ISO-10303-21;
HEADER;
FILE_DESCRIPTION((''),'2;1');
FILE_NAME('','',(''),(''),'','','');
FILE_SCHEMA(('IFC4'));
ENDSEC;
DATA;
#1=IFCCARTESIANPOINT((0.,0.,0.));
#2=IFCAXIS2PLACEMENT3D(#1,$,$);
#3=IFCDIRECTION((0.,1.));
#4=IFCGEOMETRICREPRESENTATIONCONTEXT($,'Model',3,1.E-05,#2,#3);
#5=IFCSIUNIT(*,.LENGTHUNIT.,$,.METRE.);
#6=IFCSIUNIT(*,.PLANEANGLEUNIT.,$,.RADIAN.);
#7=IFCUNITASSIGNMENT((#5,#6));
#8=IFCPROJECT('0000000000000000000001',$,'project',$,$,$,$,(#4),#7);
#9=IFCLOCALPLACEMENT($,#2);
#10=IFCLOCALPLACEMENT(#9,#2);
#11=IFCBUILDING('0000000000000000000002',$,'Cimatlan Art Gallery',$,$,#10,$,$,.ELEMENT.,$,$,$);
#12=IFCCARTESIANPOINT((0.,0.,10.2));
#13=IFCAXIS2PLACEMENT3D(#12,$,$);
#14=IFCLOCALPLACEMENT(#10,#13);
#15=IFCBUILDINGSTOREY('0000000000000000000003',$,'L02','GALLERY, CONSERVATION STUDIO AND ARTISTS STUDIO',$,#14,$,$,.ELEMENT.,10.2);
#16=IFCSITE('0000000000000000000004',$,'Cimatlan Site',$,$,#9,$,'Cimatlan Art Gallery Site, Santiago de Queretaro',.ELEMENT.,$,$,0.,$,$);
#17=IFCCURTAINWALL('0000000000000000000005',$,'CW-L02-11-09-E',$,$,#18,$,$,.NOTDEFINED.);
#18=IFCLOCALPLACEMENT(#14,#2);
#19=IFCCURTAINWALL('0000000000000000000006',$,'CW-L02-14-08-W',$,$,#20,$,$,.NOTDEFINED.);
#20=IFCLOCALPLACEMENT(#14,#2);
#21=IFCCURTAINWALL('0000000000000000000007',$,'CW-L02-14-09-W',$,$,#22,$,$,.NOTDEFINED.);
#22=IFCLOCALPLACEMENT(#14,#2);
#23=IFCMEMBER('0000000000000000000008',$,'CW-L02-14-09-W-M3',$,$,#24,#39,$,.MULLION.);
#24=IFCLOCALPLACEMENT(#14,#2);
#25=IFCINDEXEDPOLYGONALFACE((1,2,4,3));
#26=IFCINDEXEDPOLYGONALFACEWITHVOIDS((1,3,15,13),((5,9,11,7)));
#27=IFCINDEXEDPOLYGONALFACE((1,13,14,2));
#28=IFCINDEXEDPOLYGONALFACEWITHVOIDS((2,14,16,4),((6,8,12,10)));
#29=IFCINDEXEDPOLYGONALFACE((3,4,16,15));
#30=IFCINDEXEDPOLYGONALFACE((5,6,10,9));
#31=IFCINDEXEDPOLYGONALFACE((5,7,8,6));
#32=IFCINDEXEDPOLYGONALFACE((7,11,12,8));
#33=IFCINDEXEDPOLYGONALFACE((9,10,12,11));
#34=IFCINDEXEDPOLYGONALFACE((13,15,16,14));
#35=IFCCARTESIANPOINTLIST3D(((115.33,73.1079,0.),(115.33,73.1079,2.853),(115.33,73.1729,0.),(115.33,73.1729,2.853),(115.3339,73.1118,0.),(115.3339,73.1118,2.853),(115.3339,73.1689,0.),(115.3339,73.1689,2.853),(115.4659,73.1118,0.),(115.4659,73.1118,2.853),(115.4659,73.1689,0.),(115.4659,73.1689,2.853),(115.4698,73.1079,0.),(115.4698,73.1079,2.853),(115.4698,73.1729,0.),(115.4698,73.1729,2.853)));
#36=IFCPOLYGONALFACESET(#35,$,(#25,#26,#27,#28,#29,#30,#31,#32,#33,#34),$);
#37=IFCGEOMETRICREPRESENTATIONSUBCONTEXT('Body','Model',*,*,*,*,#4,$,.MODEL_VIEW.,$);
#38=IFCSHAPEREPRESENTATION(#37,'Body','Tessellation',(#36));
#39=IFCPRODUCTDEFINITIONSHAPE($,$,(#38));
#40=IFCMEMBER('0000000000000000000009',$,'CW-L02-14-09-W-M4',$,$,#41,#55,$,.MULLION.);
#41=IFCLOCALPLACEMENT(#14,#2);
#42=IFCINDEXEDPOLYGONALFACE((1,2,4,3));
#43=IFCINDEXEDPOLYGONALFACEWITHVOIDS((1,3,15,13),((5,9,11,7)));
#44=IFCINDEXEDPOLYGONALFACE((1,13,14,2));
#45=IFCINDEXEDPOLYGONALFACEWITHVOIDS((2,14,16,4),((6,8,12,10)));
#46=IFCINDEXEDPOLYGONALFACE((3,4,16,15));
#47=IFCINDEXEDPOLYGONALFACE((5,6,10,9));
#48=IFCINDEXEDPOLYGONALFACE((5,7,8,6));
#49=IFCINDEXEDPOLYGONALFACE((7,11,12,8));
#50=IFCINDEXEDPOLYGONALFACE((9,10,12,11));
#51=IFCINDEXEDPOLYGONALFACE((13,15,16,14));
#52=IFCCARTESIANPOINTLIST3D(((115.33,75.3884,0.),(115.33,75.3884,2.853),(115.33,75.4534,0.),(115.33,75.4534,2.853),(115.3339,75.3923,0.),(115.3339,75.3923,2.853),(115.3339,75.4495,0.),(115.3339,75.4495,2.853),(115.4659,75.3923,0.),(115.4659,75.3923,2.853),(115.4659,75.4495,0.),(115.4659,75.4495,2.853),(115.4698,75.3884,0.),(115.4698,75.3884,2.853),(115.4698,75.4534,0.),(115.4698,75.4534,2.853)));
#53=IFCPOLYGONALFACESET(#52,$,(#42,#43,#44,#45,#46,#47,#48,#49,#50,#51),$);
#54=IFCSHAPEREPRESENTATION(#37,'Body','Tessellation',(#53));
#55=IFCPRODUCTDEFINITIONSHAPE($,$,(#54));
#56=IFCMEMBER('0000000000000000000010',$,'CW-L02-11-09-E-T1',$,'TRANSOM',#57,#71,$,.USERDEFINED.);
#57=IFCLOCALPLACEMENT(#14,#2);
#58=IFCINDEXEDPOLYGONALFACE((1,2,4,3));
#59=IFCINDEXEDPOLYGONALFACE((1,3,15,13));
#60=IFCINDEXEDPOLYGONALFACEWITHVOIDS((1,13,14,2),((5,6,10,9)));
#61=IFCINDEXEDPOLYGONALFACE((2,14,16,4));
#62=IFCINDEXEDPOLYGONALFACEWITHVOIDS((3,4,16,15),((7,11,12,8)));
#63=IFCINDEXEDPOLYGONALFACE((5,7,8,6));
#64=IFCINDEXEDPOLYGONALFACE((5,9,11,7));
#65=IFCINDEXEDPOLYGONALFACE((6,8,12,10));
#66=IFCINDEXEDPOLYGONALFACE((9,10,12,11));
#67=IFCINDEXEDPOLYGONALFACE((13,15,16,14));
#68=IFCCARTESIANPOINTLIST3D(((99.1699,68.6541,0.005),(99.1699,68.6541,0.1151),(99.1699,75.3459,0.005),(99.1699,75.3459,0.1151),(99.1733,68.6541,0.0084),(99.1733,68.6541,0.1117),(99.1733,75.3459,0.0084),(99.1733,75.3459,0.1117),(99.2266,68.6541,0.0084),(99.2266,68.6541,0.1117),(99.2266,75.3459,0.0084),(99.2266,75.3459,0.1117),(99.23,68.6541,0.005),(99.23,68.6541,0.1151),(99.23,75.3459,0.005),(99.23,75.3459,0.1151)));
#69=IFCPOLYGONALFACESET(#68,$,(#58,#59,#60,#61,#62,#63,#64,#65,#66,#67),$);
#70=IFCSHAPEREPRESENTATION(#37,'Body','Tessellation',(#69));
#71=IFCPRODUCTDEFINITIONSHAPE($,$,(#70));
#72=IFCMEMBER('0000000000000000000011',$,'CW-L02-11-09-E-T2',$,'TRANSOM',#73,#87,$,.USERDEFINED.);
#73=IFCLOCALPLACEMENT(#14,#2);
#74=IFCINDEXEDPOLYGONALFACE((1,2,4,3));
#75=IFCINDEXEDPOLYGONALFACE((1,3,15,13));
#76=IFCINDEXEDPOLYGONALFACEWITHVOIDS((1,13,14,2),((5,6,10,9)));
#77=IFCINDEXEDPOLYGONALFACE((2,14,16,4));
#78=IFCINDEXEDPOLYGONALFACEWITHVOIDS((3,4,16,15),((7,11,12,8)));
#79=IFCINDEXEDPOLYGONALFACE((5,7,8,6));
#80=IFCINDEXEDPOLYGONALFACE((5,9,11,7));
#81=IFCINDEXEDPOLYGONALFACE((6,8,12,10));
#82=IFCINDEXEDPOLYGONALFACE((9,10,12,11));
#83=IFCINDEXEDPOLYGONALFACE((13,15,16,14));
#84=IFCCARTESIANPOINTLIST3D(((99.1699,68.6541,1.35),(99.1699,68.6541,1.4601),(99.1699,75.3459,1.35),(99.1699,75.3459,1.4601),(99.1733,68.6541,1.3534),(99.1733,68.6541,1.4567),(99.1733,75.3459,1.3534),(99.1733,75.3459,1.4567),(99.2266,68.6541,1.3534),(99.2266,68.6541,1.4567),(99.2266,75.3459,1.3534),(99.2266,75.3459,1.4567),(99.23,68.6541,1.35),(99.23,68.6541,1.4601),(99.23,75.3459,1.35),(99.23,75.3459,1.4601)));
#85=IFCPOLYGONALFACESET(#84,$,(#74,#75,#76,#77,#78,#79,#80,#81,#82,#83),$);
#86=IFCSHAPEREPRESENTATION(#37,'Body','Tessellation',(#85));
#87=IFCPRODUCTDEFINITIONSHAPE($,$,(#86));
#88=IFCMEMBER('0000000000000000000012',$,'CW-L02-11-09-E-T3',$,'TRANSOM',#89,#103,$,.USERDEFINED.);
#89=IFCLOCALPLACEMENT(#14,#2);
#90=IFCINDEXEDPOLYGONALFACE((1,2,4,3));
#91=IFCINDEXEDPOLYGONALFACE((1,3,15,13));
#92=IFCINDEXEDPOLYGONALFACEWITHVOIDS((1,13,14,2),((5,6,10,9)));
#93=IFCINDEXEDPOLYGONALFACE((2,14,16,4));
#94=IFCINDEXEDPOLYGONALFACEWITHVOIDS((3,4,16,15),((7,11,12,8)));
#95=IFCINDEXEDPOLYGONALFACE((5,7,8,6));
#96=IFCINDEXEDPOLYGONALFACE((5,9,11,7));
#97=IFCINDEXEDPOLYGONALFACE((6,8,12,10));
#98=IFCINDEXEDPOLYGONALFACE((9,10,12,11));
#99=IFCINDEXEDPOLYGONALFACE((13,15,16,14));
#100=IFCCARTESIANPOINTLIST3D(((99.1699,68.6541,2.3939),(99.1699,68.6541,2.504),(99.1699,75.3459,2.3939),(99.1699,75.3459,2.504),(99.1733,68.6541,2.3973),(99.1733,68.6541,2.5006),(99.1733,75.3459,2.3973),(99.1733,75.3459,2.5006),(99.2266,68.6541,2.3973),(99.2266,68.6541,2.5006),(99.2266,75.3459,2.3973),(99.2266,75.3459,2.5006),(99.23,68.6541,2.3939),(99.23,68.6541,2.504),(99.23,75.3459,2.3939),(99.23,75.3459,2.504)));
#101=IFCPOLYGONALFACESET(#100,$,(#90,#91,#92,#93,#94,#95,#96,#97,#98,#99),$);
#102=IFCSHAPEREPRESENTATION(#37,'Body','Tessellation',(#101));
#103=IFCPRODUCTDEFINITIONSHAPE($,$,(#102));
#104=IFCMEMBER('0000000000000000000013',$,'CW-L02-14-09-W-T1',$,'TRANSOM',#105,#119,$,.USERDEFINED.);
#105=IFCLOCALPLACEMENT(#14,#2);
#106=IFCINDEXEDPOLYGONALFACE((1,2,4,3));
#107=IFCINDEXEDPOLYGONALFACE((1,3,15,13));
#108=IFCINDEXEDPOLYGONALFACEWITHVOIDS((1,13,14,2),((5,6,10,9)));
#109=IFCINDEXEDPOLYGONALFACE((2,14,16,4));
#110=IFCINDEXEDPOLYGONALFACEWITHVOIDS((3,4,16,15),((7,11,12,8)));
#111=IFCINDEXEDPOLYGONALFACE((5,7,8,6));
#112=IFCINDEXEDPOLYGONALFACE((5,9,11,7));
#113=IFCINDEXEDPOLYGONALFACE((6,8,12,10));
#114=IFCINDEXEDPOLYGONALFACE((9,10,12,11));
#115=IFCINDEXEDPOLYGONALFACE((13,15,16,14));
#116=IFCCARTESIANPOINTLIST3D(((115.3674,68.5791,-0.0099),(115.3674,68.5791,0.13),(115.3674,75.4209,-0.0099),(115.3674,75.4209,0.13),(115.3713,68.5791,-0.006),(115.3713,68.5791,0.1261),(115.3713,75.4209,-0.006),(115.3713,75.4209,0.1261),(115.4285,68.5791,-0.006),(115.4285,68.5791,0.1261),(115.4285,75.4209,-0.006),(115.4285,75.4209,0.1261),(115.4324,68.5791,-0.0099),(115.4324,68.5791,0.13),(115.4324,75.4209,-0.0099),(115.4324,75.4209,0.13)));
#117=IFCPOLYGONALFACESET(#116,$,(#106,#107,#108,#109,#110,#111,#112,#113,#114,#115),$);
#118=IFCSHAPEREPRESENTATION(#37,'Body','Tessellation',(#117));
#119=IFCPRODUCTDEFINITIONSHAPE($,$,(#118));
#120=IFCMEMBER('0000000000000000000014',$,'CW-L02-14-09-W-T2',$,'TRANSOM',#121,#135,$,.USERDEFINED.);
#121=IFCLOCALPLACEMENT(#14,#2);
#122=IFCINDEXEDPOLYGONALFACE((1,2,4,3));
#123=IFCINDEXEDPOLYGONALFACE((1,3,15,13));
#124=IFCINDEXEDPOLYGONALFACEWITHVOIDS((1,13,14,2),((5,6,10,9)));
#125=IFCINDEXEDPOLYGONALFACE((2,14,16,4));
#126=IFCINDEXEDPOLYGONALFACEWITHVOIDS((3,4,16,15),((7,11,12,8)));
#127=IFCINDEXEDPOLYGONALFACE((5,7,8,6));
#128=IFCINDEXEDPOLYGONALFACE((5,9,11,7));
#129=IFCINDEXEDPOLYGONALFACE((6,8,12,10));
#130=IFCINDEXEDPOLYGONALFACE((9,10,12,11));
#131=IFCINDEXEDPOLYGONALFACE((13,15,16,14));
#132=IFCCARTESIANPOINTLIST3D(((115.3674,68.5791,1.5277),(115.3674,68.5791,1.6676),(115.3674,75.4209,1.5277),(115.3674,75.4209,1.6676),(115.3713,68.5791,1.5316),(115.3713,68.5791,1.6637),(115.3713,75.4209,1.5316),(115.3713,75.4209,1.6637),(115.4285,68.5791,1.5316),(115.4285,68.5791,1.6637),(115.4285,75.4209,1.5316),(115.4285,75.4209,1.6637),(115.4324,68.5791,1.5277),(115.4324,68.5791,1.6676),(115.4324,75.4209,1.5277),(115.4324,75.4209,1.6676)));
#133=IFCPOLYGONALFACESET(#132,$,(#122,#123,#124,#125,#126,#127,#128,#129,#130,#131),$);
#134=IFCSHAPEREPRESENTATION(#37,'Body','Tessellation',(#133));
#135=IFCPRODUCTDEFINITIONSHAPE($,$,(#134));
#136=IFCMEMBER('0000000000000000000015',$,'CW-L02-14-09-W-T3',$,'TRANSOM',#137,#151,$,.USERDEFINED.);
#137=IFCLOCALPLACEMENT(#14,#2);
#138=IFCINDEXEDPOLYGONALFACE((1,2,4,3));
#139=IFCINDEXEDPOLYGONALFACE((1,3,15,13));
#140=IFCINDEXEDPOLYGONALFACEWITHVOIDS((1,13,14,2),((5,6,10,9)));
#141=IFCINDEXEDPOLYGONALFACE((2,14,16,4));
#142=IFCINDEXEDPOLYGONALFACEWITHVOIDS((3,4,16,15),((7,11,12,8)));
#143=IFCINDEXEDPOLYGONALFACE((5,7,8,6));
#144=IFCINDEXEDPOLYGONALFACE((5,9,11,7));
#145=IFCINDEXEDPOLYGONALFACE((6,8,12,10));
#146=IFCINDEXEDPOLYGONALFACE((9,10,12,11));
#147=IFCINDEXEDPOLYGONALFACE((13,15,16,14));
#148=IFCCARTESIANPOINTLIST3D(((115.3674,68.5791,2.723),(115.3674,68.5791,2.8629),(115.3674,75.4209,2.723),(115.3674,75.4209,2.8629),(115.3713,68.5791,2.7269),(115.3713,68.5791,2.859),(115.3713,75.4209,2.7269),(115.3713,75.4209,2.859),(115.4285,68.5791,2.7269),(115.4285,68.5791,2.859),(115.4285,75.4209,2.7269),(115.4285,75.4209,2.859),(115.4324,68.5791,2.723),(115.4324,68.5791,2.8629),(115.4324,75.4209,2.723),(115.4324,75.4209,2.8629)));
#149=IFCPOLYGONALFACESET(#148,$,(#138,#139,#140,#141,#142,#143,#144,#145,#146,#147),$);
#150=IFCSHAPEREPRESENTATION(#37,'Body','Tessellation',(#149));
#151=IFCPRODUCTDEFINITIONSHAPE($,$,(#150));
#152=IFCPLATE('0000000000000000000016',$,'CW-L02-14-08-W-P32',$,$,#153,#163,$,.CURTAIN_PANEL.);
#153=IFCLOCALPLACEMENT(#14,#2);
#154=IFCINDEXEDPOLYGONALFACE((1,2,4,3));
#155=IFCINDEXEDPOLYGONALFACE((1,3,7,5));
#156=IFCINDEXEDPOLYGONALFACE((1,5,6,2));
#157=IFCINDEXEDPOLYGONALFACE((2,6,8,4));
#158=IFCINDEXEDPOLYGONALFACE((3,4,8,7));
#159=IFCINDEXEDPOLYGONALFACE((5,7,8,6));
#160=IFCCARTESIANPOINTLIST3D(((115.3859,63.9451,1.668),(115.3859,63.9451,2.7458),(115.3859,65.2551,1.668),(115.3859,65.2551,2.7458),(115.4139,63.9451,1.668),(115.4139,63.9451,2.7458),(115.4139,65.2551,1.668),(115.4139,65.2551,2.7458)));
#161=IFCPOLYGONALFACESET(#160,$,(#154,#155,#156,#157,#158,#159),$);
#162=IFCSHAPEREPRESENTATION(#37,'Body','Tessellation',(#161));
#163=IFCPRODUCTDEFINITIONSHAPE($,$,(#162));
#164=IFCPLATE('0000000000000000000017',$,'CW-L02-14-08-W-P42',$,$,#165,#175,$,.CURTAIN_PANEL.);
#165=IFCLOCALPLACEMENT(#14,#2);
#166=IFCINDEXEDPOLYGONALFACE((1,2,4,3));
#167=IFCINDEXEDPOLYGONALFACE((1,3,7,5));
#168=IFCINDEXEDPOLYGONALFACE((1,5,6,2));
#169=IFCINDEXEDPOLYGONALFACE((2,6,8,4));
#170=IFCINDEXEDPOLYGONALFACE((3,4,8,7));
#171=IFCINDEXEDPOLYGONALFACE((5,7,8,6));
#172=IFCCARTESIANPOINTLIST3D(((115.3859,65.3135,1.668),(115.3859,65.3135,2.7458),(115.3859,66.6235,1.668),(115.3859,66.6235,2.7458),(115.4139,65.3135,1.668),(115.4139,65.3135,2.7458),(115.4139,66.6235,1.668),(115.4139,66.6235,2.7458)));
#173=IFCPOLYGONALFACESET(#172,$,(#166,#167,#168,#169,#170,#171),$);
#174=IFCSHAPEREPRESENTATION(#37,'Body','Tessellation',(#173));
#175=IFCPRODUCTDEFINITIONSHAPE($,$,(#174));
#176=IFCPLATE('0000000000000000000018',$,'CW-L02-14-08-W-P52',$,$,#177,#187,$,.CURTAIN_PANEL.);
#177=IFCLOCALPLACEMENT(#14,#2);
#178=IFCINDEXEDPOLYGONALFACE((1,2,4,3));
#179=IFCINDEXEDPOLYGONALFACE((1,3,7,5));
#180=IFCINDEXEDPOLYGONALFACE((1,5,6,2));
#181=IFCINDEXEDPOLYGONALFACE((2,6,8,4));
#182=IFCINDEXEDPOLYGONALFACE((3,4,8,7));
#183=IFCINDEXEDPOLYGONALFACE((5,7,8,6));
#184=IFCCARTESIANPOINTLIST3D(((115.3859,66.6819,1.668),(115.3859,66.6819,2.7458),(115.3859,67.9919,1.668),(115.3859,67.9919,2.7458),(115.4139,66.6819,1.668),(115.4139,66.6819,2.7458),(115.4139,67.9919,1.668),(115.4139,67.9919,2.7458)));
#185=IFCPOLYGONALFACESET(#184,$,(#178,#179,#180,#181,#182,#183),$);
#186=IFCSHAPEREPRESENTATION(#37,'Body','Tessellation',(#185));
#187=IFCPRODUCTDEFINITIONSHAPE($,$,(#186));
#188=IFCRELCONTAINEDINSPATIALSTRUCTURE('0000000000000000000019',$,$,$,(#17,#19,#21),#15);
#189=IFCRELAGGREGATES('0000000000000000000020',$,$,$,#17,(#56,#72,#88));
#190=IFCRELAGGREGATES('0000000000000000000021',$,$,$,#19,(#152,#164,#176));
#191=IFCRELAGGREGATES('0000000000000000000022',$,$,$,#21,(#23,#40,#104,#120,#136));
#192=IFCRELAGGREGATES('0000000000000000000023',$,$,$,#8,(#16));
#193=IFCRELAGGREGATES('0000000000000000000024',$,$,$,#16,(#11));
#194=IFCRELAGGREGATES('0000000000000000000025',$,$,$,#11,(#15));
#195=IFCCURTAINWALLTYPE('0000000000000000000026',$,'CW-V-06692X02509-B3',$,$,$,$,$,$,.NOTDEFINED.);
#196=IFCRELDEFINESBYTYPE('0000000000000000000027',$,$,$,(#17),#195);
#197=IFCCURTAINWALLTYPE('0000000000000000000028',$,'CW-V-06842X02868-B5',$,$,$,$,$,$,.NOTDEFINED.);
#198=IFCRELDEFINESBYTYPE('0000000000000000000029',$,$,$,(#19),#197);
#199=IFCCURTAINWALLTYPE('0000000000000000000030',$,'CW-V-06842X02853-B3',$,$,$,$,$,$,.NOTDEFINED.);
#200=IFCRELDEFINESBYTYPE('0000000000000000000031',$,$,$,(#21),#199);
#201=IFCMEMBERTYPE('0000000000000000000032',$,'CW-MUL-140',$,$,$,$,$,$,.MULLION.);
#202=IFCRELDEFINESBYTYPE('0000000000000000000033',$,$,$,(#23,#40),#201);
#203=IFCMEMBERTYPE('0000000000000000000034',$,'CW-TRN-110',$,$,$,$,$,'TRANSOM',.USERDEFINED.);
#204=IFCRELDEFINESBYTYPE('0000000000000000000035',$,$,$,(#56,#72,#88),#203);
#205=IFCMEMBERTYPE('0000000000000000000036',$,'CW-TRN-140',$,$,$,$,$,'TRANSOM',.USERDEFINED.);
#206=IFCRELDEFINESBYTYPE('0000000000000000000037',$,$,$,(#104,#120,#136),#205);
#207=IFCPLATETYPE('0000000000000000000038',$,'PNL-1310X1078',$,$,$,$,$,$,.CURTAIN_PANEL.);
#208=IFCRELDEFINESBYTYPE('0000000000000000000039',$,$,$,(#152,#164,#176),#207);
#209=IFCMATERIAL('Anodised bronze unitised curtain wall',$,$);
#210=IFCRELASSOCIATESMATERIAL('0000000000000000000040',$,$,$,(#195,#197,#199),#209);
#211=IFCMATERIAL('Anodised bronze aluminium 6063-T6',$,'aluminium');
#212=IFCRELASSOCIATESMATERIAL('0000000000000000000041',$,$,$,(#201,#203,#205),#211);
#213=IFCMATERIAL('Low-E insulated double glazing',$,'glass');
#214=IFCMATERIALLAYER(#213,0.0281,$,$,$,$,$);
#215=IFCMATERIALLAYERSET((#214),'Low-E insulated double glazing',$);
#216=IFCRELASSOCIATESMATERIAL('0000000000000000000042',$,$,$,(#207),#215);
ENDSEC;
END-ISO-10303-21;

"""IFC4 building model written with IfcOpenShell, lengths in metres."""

from ifc_helpers import new_model, si_unit, direction, frame, origin, origin_2d, place, context, subcontext, project, spatial, rectangle, hollow_rectangle, extrude, material, layer, layer_set, material_profile, profile_set, type_object, element, aggregate, save


model = new_model("IFC4")

# Units and contexts
model_context = context("Model", 3, precision=1e-05, world=origin(), true_north=direction((0.0, 1.0)))
body_context = subcontext(model_context, "Body", "Model", "MODEL_VIEW")
ifc_project = project(units=[si_unit("LENGTHUNIT", "METRE"), si_unit("PLANEANGLEUNIT", "RADIAN")], contexts=[model_context])

# Site, building, storey
site_placement = place(None, origin())
site = spatial("IfcSite", under=ifc_project, at=site_placement, Name="Cimatlan Site", LongName="Cimatlan Art Gallery Site, Santiago de Queretaro", CompositionType="ELEMENT", RefElevation=0.0)
building_placement = place(site_placement, origin())
building = spatial("IfcBuilding", under=site, at=building_placement, Name="Cimatlan Art Gallery", CompositionType="ELEMENT")
storey_placement = place(building_placement, frame((0.0, 0.0, 10.2)))
storey = spatial("IfcBuildingStorey", under=building, at=storey_placement, Name="L02", Description="GALLERY, CONSERVATION STUDIO AND ARTISTS STUDIO", CompositionType="ELEMENT", Elevation=10.2)

# Curtain wall
ifc_material_1 = material(Name="Anodised bronze unitised curtain wall")
curtain_wall_type_1 = type_object("IfcCurtainWallType", Name="CW-V-06692X02509-B3", PredefinedType="NOTDEFINED", material=ifc_material_1)
curtain_wall_1_placement = place(storey_placement, origin())
curtain_wall_1 = element("IfcCurtainWall", 1, at=curtain_wall_1_placement, inside=storey, type_object=curtain_wall_type_1, Name="CW-L02-11-09-E", PredefinedType="NOTDEFINED")
ifc_material_2 = material(Name="Anodised bronze aluminium 6063-T6", Category="aluminium")
ifc_material_profile_1 = material_profile(ifc_material_2, hollow_rectangle(XDim=0.0649, YDim=0.1399, WallThickness=0.0039, at=origin_2d()), Name="ALU65X140X4")
ifc_profile_set_1 = profile_set([ifc_material_profile_1], Name="Anodised bronze aluminium 6063-T6")
member_type_1 = type_object("IfcMemberType", Name="CW-MUL-140", PredefinedType="MULLION", material=ifc_profile_set_1)

# Curtain walls, members
curtain_wall_type_2 = type_object("IfcCurtainWallType", Name="CW-V-06842X02868-B5", PredefinedType="NOTDEFINED", material=ifc_material_1)
curtain_wall_2_placement = place(storey_placement, origin())
curtain_wall_2 = element("IfcCurtainWall", 2, at=curtain_wall_2_placement, inside=storey, type_object=curtain_wall_type_2, Name="CW-L02-14-08-W", PredefinedType="NOTDEFINED")
curtain_wall_type_3 = type_object("IfcCurtainWallType", Name="CW-V-06842X02853-B3", PredefinedType="NOTDEFINED", material=ifc_material_1)
curtain_wall_3_placement = place(storey_placement, origin())
curtain_wall_3 = element("IfcCurtainWall", 3, at=curtain_wall_3_placement, inside=storey, type_object=curtain_wall_type_3, Name="CW-L02-14-09-W", PredefinedType="NOTDEFINED")
member_1_placement = place(storey_placement, frame((115.3999, 73.1404, 0.0), z_axis=(0.0, 0.0, 1.0), x_axis=(0.0, 1.0, 0.0)))
member_1 = element("IfcMember", 4, at=member_1_placement, type_object=member_type_1, Name="CW-L02-14-09-W-M3", PredefinedType="MULLION", context=body_context, shape_type="SweptSolid", body=[
    extrude(hollow_rectangle(XDim=0.0649, YDim=0.1399, WallThickness=0.0039, at=origin_2d()), origin(), (0.0, 0.0, 1.0), 2.853),
])
member_2_placement = place(storey_placement, frame((115.3999, 75.4209, 0.0), z_axis=(0.0, 0.0, 1.0), x_axis=(0.0, 1.0, 0.0)))
member_2 = element("IfcMember", 5, at=member_2_placement, type_object=member_type_1, Name="CW-L02-14-09-W-M4", PredefinedType="MULLION", context=body_context, shape_type="SweptSolid", body=[
    extrude(hollow_rectangle(XDim=0.0649, YDim=0.1399, WallThickness=0.0039, at=origin_2d()), origin(), (0.0, 0.0, 1.0), 2.853),
])

# Members
ifc_material_profile_2 = material_profile(ifc_material_2, hollow_rectangle(XDim=0.0601, YDim=0.1101, WallThickness=0.0034, at=origin_2d()), Name="ALU60X110X3")
ifc_profile_set_2 = profile_set([ifc_material_profile_2], Name="Anodised bronze aluminium 6063-T6")
member_type_2 = type_object("IfcMemberType", Name="CW-TRN-110", ElementType="TRANSOM", PredefinedType="USERDEFINED", material=ifc_profile_set_2)
member_3_placement = place(storey_placement, frame((99.2, 75.3459, 0.0601), z_axis=(0.0, -1.0, 0.0), x_axis=(1.0, 0.0, 0.0)))
member_3 = element("IfcMember", 6, at=member_3_placement, type_object=member_type_2, Name="CW-L02-11-09-E-T1", ObjectType="TRANSOM", PredefinedType="USERDEFINED", context=body_context, shape_type="SweptSolid", body=[
    extrude(hollow_rectangle(XDim=0.0601, YDim=0.1101, WallThickness=0.0034, at=origin_2d()), origin(), (0.0, 0.0, 1.0), 6.6919),
])
member_4_placement = place(storey_placement, frame((99.2, 75.3459, 1.405), z_axis=(0.0, -1.0, 0.0), x_axis=(1.0, 0.0, 0.0)))
member_4 = element("IfcMember", 7, at=member_4_placement, type_object=member_type_2, Name="CW-L02-11-09-E-T2", ObjectType="TRANSOM", PredefinedType="USERDEFINED", context=body_context, shape_type="SweptSolid", body=[
    extrude(hollow_rectangle(XDim=0.0601, YDim=0.1101, WallThickness=0.0034, at=origin_2d()), origin(), (0.0, 0.0, 1.0), 6.6919),
])
member_5_placement = place(storey_placement, frame((99.2, 75.3459, 2.449), z_axis=(0.0, -1.0, 0.0), x_axis=(1.0, 0.0, 0.0)))
member_5 = element("IfcMember", 8, at=member_5_placement, type_object=member_type_2, Name="CW-L02-11-09-E-T3", ObjectType="TRANSOM", PredefinedType="USERDEFINED", context=body_context, shape_type="SweptSolid", body=[
    extrude(hollow_rectangle(XDim=0.0601, YDim=0.1101, WallThickness=0.0034, at=origin_2d()), origin(), (0.0, 0.0, 1.0), 6.6919),
])
aggregate(curtain_wall_1, [member_3, member_4, member_5])
ifc_material_profile_3 = material_profile(ifc_material_2, hollow_rectangle(XDim=0.0649, YDim=0.1399, WallThickness=0.0039, at=origin_2d()), Name="ALU65X140X4")
ifc_profile_set_3 = profile_set([ifc_material_profile_3], Name="Anodised bronze aluminium 6063-T6")
member_type_3 = type_object("IfcMemberType", Name="CW-TRN-140", ElementType="TRANSOM", PredefinedType="USERDEFINED", material=ifc_profile_set_3)
member_6_placement = place(storey_placement, frame((115.3999, 68.5791, 0.0601), z_axis=(0.0, 1.0, 0.0), x_axis=(-1.0, 0.0, 0.0)))
member_6 = element("IfcMember", 9, at=member_6_placement, type_object=member_type_3, Name="CW-L02-14-09-W-T1", ObjectType="TRANSOM", PredefinedType="USERDEFINED", context=body_context, shape_type="SweptSolid", body=[
    extrude(hollow_rectangle(XDim=0.0649, YDim=0.1399, WallThickness=0.0039, at=origin_2d()), origin(), (0.0, 0.0, 1.0), 6.8418),
])
member_7_placement = place(storey_placement, frame((115.3999, 68.5791, 1.5977), z_axis=(0.0, 1.0, 0.0), x_axis=(-1.0, 0.0, 0.0)))
member_7 = element("IfcMember", 10, at=member_7_placement, type_object=member_type_3, Name="CW-L02-14-09-W-T2", ObjectType="TRANSOM", PredefinedType="USERDEFINED", context=body_context, shape_type="SweptSolid", body=[
    extrude(hollow_rectangle(XDim=0.0649, YDim=0.1399, WallThickness=0.0039, at=origin_2d()), origin(), (0.0, 0.0, 1.0), 6.8418),
])
member_8_placement = place(storey_placement, frame((115.3999, 68.5791, 2.793), z_axis=(0.0, 1.0, 0.0), x_axis=(-1.0, 0.0, 0.0)))
member_8 = element("IfcMember", 11, at=member_8_placement, type_object=member_type_3, Name="CW-L02-14-09-W-T3", ObjectType="TRANSOM", PredefinedType="USERDEFINED", context=body_context, shape_type="SweptSolid", body=[
    extrude(hollow_rectangle(XDim=0.0649, YDim=0.1399, WallThickness=0.0039, at=origin_2d()), origin(), (0.0, 0.0, 1.0), 6.8418),
])

# Plates
ifc_material_3 = material(Name="Low-E insulated double glazing", Category="glass")
ifc_layer_1 = layer(ifc_material_3, 0.0281)
ifc_layer_set_1 = layer_set([ifc_layer_1], Name="Low-E insulated double glazing")
plate_type_1 = type_object("IfcPlateType", Name="PNL-1310X1078", PredefinedType="CURTAIN_PANEL", material=ifc_layer_set_1)
plate_1_placement = place(storey_placement, frame((115.3999, 64.6001, 1.668), z_axis=(0.0, 0.0, 1.0), x_axis=(0.0, 1.0, 0.0)))
plate_1 = element("IfcPlate", 12, at=plate_1_placement, type_object=plate_type_1, Name="CW-L02-14-08-W-P32", PredefinedType="CURTAIN_PANEL", context=body_context, shape_type="SweptSolid", body=[
    extrude(rectangle(XDim=1.3101, YDim=0.0281, at=origin_2d()), origin(), (0.0, 0.0, 1.0), 1.0779),
])
plate_2_placement = place(storey_placement, frame((115.3999, 65.9685, 1.668), z_axis=(0.0, 0.0, 1.0), x_axis=(0.0, 1.0, 0.0)))
plate_2 = element("IfcPlate", 13, at=plate_2_placement, type_object=plate_type_1, Name="CW-L02-14-08-W-P42", PredefinedType="CURTAIN_PANEL", context=body_context, shape_type="SweptSolid", body=[
    extrude(rectangle(XDim=1.3101, YDim=0.0281, at=origin_2d()), origin(), (0.0, 0.0, 1.0), 1.0779),
])
plate_3_placement = place(storey_placement, frame((115.3999, 67.3369, 1.668), z_axis=(0.0, 0.0, 1.0), x_axis=(0.0, 1.0, 0.0)))
plate_3 = element("IfcPlate", 14, at=plate_3_placement, type_object=plate_type_1, Name="CW-L02-14-08-W-P52", PredefinedType="CURTAIN_PANEL", context=body_context, shape_type="SweptSolid", body=[
    extrude(rectangle(XDim=1.3101, YDim=0.0281, at=origin_2d()), origin(), (0.0, 0.0, 1.0), 1.0779),
])
aggregate(curtain_wall_2, [plate_1, plate_2, plate_3])
aggregate(curtain_wall_3, [member_1, member_2, member_6, member_7, member_8])

save(model, "model.ifc")
